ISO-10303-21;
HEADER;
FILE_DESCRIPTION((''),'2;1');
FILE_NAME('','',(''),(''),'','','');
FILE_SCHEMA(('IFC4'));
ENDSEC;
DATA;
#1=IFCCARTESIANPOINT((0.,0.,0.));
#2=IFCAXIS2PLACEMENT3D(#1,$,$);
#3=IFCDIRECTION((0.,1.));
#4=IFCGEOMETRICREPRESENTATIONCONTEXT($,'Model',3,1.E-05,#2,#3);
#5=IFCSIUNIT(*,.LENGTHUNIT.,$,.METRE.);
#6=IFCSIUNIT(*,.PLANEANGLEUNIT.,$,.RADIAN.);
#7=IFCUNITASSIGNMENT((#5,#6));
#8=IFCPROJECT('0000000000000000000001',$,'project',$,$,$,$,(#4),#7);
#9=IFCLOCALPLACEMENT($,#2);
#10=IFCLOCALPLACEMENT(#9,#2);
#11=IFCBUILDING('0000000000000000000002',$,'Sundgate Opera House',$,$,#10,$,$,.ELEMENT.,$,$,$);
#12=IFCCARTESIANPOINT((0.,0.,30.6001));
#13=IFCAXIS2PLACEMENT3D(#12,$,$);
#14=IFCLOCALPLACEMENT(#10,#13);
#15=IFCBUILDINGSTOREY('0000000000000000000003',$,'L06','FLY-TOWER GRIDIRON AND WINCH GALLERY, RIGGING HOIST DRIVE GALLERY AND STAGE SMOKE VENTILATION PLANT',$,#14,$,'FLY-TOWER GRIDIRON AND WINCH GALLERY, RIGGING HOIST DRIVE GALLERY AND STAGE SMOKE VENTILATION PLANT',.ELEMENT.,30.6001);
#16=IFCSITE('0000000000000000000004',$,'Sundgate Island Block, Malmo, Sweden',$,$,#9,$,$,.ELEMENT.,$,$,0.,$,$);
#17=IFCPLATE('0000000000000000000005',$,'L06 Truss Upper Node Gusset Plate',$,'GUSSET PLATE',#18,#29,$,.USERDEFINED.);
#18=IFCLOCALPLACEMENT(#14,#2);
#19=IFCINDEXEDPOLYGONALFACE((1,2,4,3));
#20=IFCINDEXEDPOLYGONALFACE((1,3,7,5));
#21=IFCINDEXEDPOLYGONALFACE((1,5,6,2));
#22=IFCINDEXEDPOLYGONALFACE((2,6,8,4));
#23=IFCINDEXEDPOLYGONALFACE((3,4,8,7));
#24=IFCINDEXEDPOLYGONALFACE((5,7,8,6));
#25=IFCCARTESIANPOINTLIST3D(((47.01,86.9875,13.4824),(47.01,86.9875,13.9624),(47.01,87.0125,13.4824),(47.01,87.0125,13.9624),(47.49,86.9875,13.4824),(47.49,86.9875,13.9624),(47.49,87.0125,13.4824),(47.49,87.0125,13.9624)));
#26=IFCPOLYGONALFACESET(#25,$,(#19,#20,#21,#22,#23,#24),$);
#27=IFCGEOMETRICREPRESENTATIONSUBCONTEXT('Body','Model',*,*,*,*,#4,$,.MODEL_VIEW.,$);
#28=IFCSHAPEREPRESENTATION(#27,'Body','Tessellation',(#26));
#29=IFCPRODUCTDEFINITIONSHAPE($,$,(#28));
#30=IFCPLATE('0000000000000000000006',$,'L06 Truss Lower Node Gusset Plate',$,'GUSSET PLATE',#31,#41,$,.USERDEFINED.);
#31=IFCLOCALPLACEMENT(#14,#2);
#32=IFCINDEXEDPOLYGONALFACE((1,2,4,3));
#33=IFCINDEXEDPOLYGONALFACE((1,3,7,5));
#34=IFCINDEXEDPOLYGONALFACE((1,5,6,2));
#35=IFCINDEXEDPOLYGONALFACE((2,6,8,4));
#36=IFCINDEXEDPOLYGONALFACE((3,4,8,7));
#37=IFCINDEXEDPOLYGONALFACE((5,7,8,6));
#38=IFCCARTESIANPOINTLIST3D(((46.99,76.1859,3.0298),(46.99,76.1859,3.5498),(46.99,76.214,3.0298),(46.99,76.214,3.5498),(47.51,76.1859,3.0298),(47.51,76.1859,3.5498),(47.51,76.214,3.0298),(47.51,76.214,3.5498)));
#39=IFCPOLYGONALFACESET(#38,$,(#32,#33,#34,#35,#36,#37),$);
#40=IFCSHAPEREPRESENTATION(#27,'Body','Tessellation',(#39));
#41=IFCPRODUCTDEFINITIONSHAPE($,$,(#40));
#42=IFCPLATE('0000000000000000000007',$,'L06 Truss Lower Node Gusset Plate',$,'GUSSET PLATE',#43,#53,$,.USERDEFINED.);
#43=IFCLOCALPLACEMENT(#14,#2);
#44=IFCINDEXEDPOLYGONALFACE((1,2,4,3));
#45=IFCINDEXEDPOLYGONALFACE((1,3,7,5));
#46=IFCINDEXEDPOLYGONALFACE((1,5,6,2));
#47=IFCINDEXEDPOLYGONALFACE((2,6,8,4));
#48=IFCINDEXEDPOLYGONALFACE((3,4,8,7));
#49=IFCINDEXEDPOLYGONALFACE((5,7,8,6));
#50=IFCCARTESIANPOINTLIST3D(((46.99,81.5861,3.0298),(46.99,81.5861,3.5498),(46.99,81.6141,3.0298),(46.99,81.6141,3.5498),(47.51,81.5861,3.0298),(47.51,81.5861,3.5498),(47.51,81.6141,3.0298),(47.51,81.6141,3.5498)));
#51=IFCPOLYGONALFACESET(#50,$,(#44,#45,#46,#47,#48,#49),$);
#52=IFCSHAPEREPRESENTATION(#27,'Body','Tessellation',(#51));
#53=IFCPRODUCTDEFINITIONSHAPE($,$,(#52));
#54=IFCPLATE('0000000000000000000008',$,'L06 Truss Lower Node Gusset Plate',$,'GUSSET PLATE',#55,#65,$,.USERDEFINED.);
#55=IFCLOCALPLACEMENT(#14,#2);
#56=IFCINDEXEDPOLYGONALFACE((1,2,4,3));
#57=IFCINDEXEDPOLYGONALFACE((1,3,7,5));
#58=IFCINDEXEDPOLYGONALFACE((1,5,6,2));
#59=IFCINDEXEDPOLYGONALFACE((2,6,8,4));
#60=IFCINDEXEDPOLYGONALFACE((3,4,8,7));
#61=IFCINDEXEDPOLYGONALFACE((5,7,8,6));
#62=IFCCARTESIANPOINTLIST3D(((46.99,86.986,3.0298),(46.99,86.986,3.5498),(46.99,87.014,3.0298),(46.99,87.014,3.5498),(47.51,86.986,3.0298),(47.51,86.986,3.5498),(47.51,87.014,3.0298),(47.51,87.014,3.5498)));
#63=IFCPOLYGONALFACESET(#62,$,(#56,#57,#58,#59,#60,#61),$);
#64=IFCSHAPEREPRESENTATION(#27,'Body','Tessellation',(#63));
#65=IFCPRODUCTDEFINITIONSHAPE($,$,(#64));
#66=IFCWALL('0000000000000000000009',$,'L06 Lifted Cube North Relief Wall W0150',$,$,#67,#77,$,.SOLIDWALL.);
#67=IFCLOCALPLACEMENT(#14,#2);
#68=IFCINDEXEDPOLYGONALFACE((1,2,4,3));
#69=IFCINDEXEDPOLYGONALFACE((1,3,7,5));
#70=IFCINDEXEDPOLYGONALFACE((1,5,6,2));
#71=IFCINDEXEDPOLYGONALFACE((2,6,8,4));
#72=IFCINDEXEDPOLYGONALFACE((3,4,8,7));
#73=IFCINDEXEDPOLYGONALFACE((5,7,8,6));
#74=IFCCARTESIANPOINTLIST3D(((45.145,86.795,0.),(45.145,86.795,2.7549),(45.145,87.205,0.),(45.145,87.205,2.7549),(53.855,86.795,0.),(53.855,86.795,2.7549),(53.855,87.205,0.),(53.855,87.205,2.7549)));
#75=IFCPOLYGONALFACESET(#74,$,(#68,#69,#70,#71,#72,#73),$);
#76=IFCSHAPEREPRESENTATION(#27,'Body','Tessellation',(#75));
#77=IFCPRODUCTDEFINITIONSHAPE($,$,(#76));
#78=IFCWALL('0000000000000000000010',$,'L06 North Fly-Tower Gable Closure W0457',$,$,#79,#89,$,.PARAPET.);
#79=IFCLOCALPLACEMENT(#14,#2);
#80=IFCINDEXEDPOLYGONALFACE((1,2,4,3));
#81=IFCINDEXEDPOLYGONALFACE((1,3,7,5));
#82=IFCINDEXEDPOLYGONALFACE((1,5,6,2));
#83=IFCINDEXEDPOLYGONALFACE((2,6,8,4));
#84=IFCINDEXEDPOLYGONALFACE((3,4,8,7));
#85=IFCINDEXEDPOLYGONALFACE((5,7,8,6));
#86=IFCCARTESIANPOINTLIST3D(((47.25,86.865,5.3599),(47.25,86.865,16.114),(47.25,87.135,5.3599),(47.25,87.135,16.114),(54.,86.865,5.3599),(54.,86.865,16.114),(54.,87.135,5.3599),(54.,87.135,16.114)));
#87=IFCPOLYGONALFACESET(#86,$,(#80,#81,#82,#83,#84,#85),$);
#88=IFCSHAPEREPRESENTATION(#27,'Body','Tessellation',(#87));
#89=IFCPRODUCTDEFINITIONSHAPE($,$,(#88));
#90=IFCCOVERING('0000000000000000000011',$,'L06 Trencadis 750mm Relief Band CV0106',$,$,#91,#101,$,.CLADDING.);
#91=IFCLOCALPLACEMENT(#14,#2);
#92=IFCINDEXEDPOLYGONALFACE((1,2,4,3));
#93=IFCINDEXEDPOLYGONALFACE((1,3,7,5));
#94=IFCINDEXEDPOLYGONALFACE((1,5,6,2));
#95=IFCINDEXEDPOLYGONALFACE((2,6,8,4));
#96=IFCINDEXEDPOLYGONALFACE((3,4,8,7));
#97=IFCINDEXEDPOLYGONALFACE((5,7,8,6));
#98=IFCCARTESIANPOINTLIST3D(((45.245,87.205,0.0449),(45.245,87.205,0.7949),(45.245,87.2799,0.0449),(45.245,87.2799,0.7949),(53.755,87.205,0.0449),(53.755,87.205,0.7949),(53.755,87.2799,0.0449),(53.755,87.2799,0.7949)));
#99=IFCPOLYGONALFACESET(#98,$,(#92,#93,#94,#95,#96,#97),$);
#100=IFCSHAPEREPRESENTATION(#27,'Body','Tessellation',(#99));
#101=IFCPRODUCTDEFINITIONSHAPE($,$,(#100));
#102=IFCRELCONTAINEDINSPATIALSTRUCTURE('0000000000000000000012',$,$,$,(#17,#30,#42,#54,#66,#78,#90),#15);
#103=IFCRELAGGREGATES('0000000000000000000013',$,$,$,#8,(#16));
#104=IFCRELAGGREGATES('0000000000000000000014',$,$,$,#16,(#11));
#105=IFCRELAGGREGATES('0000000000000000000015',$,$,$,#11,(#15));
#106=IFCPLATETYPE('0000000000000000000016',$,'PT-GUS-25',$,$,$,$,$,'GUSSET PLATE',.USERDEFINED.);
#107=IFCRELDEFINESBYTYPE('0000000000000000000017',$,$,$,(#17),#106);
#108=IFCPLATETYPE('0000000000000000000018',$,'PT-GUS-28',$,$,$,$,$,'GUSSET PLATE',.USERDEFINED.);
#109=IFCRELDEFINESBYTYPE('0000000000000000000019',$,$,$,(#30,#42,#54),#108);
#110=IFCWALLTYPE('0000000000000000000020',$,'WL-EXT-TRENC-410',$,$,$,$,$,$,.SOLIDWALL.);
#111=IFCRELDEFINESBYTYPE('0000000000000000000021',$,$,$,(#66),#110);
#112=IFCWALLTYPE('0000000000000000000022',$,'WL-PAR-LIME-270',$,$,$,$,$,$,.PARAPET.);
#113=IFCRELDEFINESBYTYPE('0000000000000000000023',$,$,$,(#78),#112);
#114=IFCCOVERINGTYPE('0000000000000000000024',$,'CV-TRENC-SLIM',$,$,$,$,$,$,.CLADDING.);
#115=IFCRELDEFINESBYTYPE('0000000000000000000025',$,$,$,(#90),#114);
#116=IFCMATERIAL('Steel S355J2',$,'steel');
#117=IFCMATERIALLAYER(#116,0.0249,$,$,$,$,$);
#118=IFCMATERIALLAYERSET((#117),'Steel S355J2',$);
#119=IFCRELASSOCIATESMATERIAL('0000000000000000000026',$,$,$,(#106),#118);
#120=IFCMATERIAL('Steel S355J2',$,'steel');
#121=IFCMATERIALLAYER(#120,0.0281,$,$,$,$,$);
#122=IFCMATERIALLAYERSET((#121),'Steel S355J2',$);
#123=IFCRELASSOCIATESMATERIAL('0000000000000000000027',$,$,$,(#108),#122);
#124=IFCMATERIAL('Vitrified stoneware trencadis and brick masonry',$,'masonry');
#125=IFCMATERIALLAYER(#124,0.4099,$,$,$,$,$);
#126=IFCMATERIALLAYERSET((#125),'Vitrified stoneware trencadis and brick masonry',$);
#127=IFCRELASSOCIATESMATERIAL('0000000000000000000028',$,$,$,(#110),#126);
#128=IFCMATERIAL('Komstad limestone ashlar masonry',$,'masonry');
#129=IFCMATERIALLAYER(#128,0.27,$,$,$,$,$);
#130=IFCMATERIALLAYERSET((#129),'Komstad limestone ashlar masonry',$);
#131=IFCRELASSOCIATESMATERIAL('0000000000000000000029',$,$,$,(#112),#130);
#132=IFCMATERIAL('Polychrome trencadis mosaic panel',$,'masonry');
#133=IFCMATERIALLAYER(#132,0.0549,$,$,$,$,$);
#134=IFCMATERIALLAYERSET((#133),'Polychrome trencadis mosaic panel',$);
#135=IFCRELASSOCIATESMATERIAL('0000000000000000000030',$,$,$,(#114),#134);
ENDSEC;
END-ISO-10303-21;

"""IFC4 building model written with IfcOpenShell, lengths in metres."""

from ifc_helpers import new_model, si_unit, direction, frame, frame_2d, origin, origin_2d, place, context, subcontext, project, spatial, rectangle, extrude, material, layer, layer_set, type_object, element, save


model = new_model("IFC4")

# Units and contexts
model_context = context("Model", 3, precision=1e-05, world=origin(), true_north=direction((0.0, 1.0)))
body_context = subcontext(model_context, "Body", "Model", "MODEL_VIEW")
ifc_project = project(units=[si_unit("LENGTHUNIT", "METRE"), si_unit("PLANEANGLEUNIT", "RADIAN")], contexts=[model_context])

# Site, building, storey
site_placement = place(None, origin())
site = spatial("IfcSite", under=ifc_project, at=site_placement, Name="Sundgate Island Block, Malmo, Sweden", CompositionType="ELEMENT", RefElevation=0.0)
building_placement = place(site_placement, origin())
building = spatial("IfcBuilding", under=site, at=building_placement, Name="Sundgate Opera House", CompositionType="ELEMENT")
storey_placement = place(building_placement, frame((0.0, 0.0, 30.6001)))
storey = spatial("IfcBuildingStorey", under=building, at=storey_placement, Name="L06", Description="FLY-TOWER GRIDIRON AND WINCH GALLERY, RIGGING HOIST DRIVE GALLERY AND STAGE SMOKE VENTILATION PLANT", LongName="FLY-TOWER GRIDIRON AND WINCH GALLERY, RIGGING HOIST DRIVE GALLERY AND STAGE SMOKE VENTILATION PLANT", CompositionType="ELEMENT", Elevation=30.6001)

# Plates
ifc_material_1 = material(Name="Steel S355J2", Category="steel")
ifc_layer_1 = layer(ifc_material_1, 0.0249)
ifc_layer_set_1 = layer_set([ifc_layer_1], Name="Steel S355J2")
plate_type_1 = type_object("IfcPlateType", Name="PT-GUS-25", ElementType="GUSSET PLATE", PredefinedType="USERDEFINED", material=ifc_layer_set_1)
for number, where, z_axis, x_axis, name in (
    (1, (47.25, 87.0, 13.4824), (0.0, 0.0, 1.0), (1.0, 0.0, 0.0), "L06 Truss Upper Node Gusset Plate"),
):
    element("IfcPlate", number, at=place(storey_placement, frame(where, z_axis=z_axis, x_axis=x_axis)), inside=storey, type_object=plate_type_1, Name=name, ObjectType="GUSSET PLATE", PredefinedType="USERDEFINED", context=body_context, shape_type="SweptSolid", body=[
        extrude(rectangle(XDim=0.48, YDim=0.0249, at=origin_2d()), origin(), (0.0, 0.0, 1.0), 0.48),
    ])
ifc_material_2 = material(Name="Steel S355J2", Category="steel")
ifc_layer_2 = layer(ifc_material_2, 0.0281)
ifc_layer_set_2 = layer_set([ifc_layer_2], Name="Steel S355J2")
plate_type_2 = type_object("IfcPlateType", Name="PT-GUS-28", ElementType="GUSSET PLATE", PredefinedType="USERDEFINED", material=ifc_layer_set_2)
for number, where, z_axis, x_axis, name in (
    (2, (47.25, 76.2, 3.0298), (0.0, 0.0, 1.0), (1.0, 0.0, 0.0), "L06 Truss Lower Node Gusset Plate"),
    (3, (47.25, 81.6001, 3.0298), (0.0, 0.0, 1.0), (1.0, 0.0, 0.0), "L06 Truss Lower Node Gusset Plate"),
    (4, (47.25, 87.0, 3.0298), (0.0, 0.0, 1.0), (1.0, 0.0, 0.0), "L06 Truss Lower Node Gusset Plate"),
):
    element("IfcPlate", number, at=place(storey_placement, frame(where, z_axis=z_axis, x_axis=x_axis)), inside=storey, type_object=plate_type_2, Name=name, ObjectType="GUSSET PLATE", PredefinedType="USERDEFINED", context=body_context, shape_type="SweptSolid", body=[
        extrude(rectangle(XDim=0.52, YDim=0.0281, at=origin_2d()), origin(), (0.0, 0.0, 1.0), 0.52),
    ])

# Walls
ifc_material_3 = material(Name="Vitrified stoneware trencadis and brick masonry", Category="masonry")
ifc_layer_3 = layer(ifc_material_3, 0.4099)
ifc_layer_set_3 = layer_set([ifc_layer_3], Name="Vitrified stoneware trencadis and brick masonry")
wall_type_1 = type_object("IfcWallType", Name="WL-EXT-TRENC-410", PredefinedType="SOLIDWALL", material=ifc_layer_set_3)
wall_1_placement = place(storey_placement, frame((45.145, 87.0, 0.0), z_axis=(0.0, 0.0, 1.0), x_axis=(1.0, 0.0, 0.0)))
element("IfcWall", 5, at=wall_1_placement, inside=storey, type_object=wall_type_1, Name="L06 Lifted Cube North Relief Wall W0150", PredefinedType="SOLIDWALL", context=body_context, shape_type="SweptSolid", body=[
    extrude(rectangle(XDim=8.71, YDim=0.4099, at=frame_2d((4.355, 0.0))), origin(), (0.0, 0.0, 1.0), 2.7549),
])
ifc_material_4 = material(Name="Komstad limestone ashlar masonry", Category="masonry")
ifc_layer_4 = layer(ifc_material_4, 0.27)
ifc_layer_set_4 = layer_set([ifc_layer_4], Name="Komstad limestone ashlar masonry")
wall_type_2 = type_object("IfcWallType", Name="WL-PAR-LIME-270", PredefinedType="PARAPET", material=ifc_layer_set_4)
wall_2_placement = place(storey_placement, frame((47.25, 87.0, 5.3599), z_axis=(0.0, 0.0, 1.0), x_axis=(1.0, 0.0, 0.0)))
element("IfcWall", 6, at=wall_2_placement, inside=storey, type_object=wall_type_2, Name="L06 North Fly-Tower Gable Closure W0457", PredefinedType="PARAPET", context=body_context, shape_type="SweptSolid", body=[
    extrude(rectangle(XDim=6.75, YDim=0.27, at=frame_2d((3.375, 0.0))), origin(), (0.0, 0.0, 1.0), 10.7542),
])

# Covering
ifc_material_5 = material(Name="Polychrome trencadis mosaic panel", Category="masonry")
ifc_layer_5 = layer(ifc_material_5, 0.0549)
ifc_layer_set_5 = layer_set([ifc_layer_5], Name="Polychrome trencadis mosaic panel")
covering_type = type_object("IfcCoveringType", Name="CV-TRENC-SLIM", PredefinedType="CLADDING", material=ifc_layer_set_5)
covering_placement = place(storey_placement, frame((49.5, 87.2424, 0.0449), z_axis=(0.0, 0.0, 1.0), x_axis=(1.0, 0.0, 0.0)))
element("IfcCovering", 7, at=covering_placement, inside=storey, type_object=covering_type, Name="L06 Trencadis 750mm Relief Band CV0106", PredefinedType="CLADDING", context=body_context, shape_type="SweptSolid", body=[
    extrude(rectangle(XDim=8.51, YDim=0.075, at=origin_2d()), origin(), (0.0, 0.0, 1.0), 0.75),
])

save(model, "model.ifc")
